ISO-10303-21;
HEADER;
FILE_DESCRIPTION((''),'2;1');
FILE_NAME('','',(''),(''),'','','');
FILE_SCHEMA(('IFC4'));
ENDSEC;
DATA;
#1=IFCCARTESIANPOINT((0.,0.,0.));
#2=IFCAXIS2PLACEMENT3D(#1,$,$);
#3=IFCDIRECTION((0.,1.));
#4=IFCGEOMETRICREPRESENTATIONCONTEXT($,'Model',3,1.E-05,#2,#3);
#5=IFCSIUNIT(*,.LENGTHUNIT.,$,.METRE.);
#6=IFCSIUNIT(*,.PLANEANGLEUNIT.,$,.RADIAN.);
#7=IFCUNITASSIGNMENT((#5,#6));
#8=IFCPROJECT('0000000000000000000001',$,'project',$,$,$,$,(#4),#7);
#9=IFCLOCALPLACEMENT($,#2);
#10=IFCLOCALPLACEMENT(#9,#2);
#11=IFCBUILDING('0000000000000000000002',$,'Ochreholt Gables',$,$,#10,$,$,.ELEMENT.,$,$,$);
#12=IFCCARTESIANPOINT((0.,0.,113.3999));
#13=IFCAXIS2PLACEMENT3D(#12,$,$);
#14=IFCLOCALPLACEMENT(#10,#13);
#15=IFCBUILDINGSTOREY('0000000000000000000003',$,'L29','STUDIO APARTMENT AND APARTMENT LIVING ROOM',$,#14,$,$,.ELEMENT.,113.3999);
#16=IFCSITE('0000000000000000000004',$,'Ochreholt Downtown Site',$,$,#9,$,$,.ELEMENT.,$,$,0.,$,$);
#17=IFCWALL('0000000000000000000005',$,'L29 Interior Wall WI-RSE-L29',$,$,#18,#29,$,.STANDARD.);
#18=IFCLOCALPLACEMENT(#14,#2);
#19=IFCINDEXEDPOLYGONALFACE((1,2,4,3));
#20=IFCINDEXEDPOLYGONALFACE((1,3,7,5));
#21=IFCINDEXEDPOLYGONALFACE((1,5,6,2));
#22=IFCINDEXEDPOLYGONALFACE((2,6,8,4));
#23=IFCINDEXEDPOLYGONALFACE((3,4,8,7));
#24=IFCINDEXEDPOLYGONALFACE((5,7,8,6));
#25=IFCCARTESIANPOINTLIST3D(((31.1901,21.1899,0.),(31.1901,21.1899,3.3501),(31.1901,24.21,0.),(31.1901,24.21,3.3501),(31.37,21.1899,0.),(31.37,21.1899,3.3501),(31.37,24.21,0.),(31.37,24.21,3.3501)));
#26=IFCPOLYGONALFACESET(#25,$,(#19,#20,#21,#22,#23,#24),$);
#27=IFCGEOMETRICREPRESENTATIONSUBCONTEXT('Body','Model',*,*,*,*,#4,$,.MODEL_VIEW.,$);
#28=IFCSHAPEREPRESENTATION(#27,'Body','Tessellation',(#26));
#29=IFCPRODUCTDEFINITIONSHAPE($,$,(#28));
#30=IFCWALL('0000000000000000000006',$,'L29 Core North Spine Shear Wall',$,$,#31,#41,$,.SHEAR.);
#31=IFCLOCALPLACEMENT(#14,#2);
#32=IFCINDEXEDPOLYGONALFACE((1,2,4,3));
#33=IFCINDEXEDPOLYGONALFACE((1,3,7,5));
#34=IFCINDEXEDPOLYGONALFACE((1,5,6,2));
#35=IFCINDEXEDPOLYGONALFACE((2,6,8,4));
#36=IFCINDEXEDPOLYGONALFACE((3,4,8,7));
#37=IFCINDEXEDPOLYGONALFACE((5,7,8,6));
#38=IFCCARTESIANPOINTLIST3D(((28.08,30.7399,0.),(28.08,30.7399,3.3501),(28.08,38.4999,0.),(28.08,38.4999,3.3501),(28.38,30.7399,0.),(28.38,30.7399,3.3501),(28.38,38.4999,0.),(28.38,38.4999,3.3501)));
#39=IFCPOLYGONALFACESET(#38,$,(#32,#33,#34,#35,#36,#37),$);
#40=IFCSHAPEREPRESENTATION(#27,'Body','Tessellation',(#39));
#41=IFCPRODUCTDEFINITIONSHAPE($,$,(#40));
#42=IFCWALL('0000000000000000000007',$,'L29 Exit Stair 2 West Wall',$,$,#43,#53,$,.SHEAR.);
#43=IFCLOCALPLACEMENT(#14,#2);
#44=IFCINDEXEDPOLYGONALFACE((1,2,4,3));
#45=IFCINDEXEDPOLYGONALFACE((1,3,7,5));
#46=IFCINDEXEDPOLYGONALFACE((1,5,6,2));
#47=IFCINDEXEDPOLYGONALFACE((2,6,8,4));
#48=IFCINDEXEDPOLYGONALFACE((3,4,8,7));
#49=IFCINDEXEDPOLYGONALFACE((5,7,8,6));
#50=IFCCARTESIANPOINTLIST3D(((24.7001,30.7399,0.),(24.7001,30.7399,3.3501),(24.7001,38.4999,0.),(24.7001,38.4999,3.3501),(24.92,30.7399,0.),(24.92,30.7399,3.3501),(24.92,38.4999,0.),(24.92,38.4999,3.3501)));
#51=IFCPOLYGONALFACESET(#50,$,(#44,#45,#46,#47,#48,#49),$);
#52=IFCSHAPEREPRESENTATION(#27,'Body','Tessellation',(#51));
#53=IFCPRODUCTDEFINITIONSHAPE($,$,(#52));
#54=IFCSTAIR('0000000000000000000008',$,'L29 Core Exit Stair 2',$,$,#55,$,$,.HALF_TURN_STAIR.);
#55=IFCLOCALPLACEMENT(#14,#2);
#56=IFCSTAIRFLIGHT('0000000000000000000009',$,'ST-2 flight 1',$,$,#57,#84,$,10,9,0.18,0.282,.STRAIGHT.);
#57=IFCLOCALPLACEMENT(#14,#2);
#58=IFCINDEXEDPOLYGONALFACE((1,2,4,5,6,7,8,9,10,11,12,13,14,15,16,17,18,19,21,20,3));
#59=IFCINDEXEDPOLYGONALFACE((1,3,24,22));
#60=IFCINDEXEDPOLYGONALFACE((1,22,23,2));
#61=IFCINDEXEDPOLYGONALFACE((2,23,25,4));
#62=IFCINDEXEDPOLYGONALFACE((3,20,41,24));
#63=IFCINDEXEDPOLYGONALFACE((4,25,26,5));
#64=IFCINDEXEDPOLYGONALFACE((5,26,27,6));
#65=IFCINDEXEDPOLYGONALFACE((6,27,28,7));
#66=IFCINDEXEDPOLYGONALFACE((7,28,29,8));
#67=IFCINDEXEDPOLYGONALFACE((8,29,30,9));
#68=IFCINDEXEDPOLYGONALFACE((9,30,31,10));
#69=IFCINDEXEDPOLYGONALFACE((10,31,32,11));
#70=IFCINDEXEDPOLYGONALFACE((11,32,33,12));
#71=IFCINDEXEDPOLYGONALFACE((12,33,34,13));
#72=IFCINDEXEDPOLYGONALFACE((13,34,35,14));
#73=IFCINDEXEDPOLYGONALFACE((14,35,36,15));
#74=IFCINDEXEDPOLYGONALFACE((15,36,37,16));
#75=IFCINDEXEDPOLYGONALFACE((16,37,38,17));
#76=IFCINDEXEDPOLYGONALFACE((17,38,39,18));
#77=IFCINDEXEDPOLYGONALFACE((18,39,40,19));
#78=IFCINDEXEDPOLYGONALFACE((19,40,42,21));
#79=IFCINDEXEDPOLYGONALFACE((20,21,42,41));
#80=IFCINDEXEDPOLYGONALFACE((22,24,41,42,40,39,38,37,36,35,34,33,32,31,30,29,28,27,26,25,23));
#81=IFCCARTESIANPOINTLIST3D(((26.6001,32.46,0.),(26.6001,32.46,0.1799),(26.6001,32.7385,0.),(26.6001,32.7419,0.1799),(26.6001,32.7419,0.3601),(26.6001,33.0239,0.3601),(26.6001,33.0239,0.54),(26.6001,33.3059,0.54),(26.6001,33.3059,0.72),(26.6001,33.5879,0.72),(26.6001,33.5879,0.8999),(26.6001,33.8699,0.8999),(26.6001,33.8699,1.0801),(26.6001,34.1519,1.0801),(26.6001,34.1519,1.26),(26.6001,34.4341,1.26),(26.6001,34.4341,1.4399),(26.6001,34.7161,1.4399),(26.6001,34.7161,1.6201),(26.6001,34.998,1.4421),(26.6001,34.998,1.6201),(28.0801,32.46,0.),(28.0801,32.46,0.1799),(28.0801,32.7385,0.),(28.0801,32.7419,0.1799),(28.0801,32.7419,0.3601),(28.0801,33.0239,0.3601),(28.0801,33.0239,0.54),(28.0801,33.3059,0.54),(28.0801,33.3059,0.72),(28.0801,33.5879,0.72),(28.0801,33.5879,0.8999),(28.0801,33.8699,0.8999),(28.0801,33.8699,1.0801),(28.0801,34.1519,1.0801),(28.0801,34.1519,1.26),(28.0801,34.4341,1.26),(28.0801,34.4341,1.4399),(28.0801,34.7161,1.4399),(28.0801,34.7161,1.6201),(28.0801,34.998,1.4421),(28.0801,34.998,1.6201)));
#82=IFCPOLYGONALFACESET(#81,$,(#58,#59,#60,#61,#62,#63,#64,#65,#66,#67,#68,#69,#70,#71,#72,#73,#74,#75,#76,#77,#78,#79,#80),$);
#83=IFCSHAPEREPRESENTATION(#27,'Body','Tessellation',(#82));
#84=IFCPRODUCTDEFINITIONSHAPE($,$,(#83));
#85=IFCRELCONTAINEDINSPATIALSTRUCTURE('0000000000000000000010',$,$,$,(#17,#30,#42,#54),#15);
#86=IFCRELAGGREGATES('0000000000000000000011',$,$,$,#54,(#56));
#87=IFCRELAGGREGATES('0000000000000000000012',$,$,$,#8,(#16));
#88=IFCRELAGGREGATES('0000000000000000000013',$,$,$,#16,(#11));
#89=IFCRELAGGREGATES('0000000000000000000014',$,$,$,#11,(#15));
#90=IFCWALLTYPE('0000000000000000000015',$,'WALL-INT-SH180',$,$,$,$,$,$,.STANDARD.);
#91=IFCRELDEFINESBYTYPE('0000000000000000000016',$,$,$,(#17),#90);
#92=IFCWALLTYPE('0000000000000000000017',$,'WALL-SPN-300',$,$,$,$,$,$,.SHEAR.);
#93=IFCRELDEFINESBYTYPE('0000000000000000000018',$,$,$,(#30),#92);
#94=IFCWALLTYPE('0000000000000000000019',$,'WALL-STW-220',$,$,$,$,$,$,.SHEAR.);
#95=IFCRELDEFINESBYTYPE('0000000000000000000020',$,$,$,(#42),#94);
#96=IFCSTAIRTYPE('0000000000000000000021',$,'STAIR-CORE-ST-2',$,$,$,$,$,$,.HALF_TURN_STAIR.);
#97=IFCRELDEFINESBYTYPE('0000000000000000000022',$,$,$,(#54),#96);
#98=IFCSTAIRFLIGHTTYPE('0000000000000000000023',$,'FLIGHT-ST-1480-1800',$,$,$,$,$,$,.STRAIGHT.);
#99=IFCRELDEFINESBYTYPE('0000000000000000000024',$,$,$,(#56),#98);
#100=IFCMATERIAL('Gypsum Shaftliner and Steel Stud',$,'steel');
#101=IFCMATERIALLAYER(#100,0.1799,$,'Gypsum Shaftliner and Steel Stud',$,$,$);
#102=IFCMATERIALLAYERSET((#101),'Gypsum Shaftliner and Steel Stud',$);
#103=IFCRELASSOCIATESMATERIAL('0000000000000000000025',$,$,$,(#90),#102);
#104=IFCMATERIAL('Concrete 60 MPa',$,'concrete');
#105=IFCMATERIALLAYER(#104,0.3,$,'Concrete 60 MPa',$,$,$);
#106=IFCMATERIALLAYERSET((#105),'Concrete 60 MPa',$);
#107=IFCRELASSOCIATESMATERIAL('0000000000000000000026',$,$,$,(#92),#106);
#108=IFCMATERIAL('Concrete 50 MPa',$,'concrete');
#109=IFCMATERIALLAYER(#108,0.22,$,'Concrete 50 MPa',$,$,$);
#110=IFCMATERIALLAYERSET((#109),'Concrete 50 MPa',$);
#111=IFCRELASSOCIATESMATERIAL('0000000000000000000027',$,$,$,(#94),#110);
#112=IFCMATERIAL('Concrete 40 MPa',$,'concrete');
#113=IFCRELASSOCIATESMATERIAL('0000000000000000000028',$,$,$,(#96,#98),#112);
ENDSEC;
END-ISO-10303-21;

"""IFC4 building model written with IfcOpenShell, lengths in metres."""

from ifc_helpers import new_model, si_unit, direction, frame, frame_2d, origin, place, context, subcontext, project, spatial, polyline, rectangle, outline, extrude, material, layer, layer_set, type_object, element, aggregate, save


model = new_model("IFC4")

# Units and contexts
model_context = context("Model", 3, precision=1e-05, world=origin(), true_north=direction((0.0, 1.0)))
body_context = subcontext(model_context, "Body", "Model", "MODEL_VIEW")
ifc_project = project(units=[si_unit("LENGTHUNIT", "METRE"), si_unit("PLANEANGLEUNIT", "RADIAN")], contexts=[model_context])

# Site, building, storey
site_placement = place(None, origin())
site = spatial("IfcSite", under=ifc_project, at=site_placement, Name="Ochreholt Downtown Site", CompositionType="ELEMENT", RefElevation=0.0)
building_placement = place(site_placement, origin())
building = spatial("IfcBuilding", under=site, at=building_placement, Name="Ochreholt Gables", CompositionType="ELEMENT")
storey_placement = place(building_placement, frame((0.0, 0.0, 113.3999)))
storey = spatial("IfcBuildingStorey", under=building, at=storey_placement, Name="L29", Description="STUDIO APARTMENT AND APARTMENT LIVING ROOM", CompositionType="ELEMENT", Elevation=113.3999)

# Shared definitions
ifc_material_1 = material(Name="Concrete 60 MPa", Category="concrete")
ifc_material_2 = material(Name="Concrete 40 MPa", Category="concrete")

# Walls
ifc_material_3 = material(Name="Gypsum Shaftliner and Steel Stud", Category="steel")
ifc_layer_1 = layer(ifc_material_3, 0.1799, Name="Gypsum Shaftliner and Steel Stud")
ifc_layer_set_1 = layer_set([ifc_layer_1], Name="Gypsum Shaftliner and Steel Stud")
wall_type_1 = type_object("IfcWallType", Name="WALL-INT-SH180", PredefinedType="STANDARD", material=ifc_layer_set_1)
for number, where, z_axis, x_axis, name in (
    (1, (31.28, 21.1899, 0.0), (0.0, 0.0, 1.0), (0.0, 1.0, 0.0), "L29 Interior Wall WI-RSE-L29"),
):
    element("IfcWall", number, at=place(storey_placement, frame(where, z_axis=z_axis, x_axis=x_axis)), inside=storey, type_object=wall_type_1, Name=name, PredefinedType="STANDARD", context=body_context, shape_type="SweptSolid", body=[
        extrude(rectangle(XDim=3.02, YDim=0.1799, at=frame_2d((1.51, 0.0))), origin(), (0.0, 0.0, 1.0), 3.3501),
    ])
ifc_layer_2 = layer(ifc_material_1, 0.3, Name="Concrete 60 MPa")
ifc_layer_set_2 = layer_set([ifc_layer_2], Name="Concrete 60 MPa")
wall_type_2 = type_object("IfcWallType", Name="WALL-SPN-300", PredefinedType="SHEAR", material=ifc_layer_set_2)
wall_1_placement = place(storey_placement, frame((28.23, 30.74, 0.0), z_axis=(0.0, 0.0, 1.0), x_axis=(0.0, 1.0, 0.0)))
element("IfcWall", 2, at=wall_1_placement, inside=storey, type_object=wall_type_2, Name="L29 Core North Spine Shear Wall", PredefinedType="SHEAR", context=body_context, shape_type="SweptSolid", body=[
    extrude(rectangle(XDim=7.76, YDim=0.3, at=frame_2d((3.8799, 0.0))), origin(), (0.0, 0.0, 1.0), 3.3501),
])
ifc_material_4 = material(Name="Concrete 50 MPa", Category="concrete")
ifc_layer_3 = layer(ifc_material_4, 0.22, Name="Concrete 50 MPa")
ifc_layer_set_3 = layer_set([ifc_layer_3], Name="Concrete 50 MPa")
wall_type_3 = type_object("IfcWallType", Name="WALL-STW-220", PredefinedType="SHEAR", material=ifc_layer_set_3)
wall_2_placement = place(storey_placement, frame((24.8101, 30.74, 0.0), z_axis=(0.0, 0.0, 1.0), x_axis=(0.0, 1.0, 0.0)))
element("IfcWall", 3, at=wall_2_placement, inside=storey, type_object=wall_type_3, Name="L29 Exit Stair 2 West Wall", PredefinedType="SHEAR", context=body_context, shape_type="SweptSolid", body=[
    extrude(rectangle(XDim=7.76, YDim=0.22, at=frame_2d((3.8799, 0.0))), origin(), (0.0, 0.0, 1.0), 3.3501),
])

# Stair, stair flight
stair_type = type_object("IfcStairType", Name="STAIR-CORE-ST-2", PredefinedType="HALF_TURN_STAIR", material=ifc_material_2)
stair_placement = place(storey_placement, origin())
stair = element("IfcStair", 4, at=stair_placement, inside=storey, type_object=stair_type, Name="L29 Core Exit Stair 2", PredefinedType="HALF_TURN_STAIR")
stair_flight_type = type_object("IfcStairFlightType", Name="FLIGHT-ST-1480-1800", PredefinedType="STRAIGHT", material=ifc_material_2)
stair_flight_placement = place(storey_placement, frame((27.3401, 32.46, 0.0), z_axis=(0.0, 0.0, 1.0), x_axis=(0.0, 1.0, 0.0)))
stair_flight = element("IfcStairFlight", 5, at=stair_flight_placement, type_object=stair_flight_type, Name="ST-2 flight 1", NumberOfRisers=10, NumberOfTreads=9, PredefinedType="STRAIGHT", RiserHeight=0.18, TreadLength=0.282, context=body_context, shape_type="SweptSolid", body=[
    extrude(outline(polyline([(0.0, 0.0), (0.0, 0.1799), (0.282, 0.1799), (0.282, 0.3601), (0.564, 0.3601), (0.564, 0.54), (0.8459, 0.54), (0.8459, 0.72), (1.1279, 0.72), (1.1279, 0.8999), (1.4099, 0.8999), (1.4099, 1.0801), (1.6919, 1.0801), (1.6919, 1.26), (1.9741, 1.26), (1.9741, 1.4399), (2.2561, 1.4399), (2.2561, 1.6201), (2.5381, 1.6201), (2.5381, 1.8), (2.5381, 1.4421), (0.2786, 0.0), (0.0, 0.0)])), frame((0.0, 0.74, 0.0), z_axis=(0.0, -1.0, 0.0), x_axis=(1.0, 0.0, 0.0)), (0.0, 0.0, 1.0), 1.48),
])
aggregate(stair, [stair_flight])

save(model, "model.ifc")
